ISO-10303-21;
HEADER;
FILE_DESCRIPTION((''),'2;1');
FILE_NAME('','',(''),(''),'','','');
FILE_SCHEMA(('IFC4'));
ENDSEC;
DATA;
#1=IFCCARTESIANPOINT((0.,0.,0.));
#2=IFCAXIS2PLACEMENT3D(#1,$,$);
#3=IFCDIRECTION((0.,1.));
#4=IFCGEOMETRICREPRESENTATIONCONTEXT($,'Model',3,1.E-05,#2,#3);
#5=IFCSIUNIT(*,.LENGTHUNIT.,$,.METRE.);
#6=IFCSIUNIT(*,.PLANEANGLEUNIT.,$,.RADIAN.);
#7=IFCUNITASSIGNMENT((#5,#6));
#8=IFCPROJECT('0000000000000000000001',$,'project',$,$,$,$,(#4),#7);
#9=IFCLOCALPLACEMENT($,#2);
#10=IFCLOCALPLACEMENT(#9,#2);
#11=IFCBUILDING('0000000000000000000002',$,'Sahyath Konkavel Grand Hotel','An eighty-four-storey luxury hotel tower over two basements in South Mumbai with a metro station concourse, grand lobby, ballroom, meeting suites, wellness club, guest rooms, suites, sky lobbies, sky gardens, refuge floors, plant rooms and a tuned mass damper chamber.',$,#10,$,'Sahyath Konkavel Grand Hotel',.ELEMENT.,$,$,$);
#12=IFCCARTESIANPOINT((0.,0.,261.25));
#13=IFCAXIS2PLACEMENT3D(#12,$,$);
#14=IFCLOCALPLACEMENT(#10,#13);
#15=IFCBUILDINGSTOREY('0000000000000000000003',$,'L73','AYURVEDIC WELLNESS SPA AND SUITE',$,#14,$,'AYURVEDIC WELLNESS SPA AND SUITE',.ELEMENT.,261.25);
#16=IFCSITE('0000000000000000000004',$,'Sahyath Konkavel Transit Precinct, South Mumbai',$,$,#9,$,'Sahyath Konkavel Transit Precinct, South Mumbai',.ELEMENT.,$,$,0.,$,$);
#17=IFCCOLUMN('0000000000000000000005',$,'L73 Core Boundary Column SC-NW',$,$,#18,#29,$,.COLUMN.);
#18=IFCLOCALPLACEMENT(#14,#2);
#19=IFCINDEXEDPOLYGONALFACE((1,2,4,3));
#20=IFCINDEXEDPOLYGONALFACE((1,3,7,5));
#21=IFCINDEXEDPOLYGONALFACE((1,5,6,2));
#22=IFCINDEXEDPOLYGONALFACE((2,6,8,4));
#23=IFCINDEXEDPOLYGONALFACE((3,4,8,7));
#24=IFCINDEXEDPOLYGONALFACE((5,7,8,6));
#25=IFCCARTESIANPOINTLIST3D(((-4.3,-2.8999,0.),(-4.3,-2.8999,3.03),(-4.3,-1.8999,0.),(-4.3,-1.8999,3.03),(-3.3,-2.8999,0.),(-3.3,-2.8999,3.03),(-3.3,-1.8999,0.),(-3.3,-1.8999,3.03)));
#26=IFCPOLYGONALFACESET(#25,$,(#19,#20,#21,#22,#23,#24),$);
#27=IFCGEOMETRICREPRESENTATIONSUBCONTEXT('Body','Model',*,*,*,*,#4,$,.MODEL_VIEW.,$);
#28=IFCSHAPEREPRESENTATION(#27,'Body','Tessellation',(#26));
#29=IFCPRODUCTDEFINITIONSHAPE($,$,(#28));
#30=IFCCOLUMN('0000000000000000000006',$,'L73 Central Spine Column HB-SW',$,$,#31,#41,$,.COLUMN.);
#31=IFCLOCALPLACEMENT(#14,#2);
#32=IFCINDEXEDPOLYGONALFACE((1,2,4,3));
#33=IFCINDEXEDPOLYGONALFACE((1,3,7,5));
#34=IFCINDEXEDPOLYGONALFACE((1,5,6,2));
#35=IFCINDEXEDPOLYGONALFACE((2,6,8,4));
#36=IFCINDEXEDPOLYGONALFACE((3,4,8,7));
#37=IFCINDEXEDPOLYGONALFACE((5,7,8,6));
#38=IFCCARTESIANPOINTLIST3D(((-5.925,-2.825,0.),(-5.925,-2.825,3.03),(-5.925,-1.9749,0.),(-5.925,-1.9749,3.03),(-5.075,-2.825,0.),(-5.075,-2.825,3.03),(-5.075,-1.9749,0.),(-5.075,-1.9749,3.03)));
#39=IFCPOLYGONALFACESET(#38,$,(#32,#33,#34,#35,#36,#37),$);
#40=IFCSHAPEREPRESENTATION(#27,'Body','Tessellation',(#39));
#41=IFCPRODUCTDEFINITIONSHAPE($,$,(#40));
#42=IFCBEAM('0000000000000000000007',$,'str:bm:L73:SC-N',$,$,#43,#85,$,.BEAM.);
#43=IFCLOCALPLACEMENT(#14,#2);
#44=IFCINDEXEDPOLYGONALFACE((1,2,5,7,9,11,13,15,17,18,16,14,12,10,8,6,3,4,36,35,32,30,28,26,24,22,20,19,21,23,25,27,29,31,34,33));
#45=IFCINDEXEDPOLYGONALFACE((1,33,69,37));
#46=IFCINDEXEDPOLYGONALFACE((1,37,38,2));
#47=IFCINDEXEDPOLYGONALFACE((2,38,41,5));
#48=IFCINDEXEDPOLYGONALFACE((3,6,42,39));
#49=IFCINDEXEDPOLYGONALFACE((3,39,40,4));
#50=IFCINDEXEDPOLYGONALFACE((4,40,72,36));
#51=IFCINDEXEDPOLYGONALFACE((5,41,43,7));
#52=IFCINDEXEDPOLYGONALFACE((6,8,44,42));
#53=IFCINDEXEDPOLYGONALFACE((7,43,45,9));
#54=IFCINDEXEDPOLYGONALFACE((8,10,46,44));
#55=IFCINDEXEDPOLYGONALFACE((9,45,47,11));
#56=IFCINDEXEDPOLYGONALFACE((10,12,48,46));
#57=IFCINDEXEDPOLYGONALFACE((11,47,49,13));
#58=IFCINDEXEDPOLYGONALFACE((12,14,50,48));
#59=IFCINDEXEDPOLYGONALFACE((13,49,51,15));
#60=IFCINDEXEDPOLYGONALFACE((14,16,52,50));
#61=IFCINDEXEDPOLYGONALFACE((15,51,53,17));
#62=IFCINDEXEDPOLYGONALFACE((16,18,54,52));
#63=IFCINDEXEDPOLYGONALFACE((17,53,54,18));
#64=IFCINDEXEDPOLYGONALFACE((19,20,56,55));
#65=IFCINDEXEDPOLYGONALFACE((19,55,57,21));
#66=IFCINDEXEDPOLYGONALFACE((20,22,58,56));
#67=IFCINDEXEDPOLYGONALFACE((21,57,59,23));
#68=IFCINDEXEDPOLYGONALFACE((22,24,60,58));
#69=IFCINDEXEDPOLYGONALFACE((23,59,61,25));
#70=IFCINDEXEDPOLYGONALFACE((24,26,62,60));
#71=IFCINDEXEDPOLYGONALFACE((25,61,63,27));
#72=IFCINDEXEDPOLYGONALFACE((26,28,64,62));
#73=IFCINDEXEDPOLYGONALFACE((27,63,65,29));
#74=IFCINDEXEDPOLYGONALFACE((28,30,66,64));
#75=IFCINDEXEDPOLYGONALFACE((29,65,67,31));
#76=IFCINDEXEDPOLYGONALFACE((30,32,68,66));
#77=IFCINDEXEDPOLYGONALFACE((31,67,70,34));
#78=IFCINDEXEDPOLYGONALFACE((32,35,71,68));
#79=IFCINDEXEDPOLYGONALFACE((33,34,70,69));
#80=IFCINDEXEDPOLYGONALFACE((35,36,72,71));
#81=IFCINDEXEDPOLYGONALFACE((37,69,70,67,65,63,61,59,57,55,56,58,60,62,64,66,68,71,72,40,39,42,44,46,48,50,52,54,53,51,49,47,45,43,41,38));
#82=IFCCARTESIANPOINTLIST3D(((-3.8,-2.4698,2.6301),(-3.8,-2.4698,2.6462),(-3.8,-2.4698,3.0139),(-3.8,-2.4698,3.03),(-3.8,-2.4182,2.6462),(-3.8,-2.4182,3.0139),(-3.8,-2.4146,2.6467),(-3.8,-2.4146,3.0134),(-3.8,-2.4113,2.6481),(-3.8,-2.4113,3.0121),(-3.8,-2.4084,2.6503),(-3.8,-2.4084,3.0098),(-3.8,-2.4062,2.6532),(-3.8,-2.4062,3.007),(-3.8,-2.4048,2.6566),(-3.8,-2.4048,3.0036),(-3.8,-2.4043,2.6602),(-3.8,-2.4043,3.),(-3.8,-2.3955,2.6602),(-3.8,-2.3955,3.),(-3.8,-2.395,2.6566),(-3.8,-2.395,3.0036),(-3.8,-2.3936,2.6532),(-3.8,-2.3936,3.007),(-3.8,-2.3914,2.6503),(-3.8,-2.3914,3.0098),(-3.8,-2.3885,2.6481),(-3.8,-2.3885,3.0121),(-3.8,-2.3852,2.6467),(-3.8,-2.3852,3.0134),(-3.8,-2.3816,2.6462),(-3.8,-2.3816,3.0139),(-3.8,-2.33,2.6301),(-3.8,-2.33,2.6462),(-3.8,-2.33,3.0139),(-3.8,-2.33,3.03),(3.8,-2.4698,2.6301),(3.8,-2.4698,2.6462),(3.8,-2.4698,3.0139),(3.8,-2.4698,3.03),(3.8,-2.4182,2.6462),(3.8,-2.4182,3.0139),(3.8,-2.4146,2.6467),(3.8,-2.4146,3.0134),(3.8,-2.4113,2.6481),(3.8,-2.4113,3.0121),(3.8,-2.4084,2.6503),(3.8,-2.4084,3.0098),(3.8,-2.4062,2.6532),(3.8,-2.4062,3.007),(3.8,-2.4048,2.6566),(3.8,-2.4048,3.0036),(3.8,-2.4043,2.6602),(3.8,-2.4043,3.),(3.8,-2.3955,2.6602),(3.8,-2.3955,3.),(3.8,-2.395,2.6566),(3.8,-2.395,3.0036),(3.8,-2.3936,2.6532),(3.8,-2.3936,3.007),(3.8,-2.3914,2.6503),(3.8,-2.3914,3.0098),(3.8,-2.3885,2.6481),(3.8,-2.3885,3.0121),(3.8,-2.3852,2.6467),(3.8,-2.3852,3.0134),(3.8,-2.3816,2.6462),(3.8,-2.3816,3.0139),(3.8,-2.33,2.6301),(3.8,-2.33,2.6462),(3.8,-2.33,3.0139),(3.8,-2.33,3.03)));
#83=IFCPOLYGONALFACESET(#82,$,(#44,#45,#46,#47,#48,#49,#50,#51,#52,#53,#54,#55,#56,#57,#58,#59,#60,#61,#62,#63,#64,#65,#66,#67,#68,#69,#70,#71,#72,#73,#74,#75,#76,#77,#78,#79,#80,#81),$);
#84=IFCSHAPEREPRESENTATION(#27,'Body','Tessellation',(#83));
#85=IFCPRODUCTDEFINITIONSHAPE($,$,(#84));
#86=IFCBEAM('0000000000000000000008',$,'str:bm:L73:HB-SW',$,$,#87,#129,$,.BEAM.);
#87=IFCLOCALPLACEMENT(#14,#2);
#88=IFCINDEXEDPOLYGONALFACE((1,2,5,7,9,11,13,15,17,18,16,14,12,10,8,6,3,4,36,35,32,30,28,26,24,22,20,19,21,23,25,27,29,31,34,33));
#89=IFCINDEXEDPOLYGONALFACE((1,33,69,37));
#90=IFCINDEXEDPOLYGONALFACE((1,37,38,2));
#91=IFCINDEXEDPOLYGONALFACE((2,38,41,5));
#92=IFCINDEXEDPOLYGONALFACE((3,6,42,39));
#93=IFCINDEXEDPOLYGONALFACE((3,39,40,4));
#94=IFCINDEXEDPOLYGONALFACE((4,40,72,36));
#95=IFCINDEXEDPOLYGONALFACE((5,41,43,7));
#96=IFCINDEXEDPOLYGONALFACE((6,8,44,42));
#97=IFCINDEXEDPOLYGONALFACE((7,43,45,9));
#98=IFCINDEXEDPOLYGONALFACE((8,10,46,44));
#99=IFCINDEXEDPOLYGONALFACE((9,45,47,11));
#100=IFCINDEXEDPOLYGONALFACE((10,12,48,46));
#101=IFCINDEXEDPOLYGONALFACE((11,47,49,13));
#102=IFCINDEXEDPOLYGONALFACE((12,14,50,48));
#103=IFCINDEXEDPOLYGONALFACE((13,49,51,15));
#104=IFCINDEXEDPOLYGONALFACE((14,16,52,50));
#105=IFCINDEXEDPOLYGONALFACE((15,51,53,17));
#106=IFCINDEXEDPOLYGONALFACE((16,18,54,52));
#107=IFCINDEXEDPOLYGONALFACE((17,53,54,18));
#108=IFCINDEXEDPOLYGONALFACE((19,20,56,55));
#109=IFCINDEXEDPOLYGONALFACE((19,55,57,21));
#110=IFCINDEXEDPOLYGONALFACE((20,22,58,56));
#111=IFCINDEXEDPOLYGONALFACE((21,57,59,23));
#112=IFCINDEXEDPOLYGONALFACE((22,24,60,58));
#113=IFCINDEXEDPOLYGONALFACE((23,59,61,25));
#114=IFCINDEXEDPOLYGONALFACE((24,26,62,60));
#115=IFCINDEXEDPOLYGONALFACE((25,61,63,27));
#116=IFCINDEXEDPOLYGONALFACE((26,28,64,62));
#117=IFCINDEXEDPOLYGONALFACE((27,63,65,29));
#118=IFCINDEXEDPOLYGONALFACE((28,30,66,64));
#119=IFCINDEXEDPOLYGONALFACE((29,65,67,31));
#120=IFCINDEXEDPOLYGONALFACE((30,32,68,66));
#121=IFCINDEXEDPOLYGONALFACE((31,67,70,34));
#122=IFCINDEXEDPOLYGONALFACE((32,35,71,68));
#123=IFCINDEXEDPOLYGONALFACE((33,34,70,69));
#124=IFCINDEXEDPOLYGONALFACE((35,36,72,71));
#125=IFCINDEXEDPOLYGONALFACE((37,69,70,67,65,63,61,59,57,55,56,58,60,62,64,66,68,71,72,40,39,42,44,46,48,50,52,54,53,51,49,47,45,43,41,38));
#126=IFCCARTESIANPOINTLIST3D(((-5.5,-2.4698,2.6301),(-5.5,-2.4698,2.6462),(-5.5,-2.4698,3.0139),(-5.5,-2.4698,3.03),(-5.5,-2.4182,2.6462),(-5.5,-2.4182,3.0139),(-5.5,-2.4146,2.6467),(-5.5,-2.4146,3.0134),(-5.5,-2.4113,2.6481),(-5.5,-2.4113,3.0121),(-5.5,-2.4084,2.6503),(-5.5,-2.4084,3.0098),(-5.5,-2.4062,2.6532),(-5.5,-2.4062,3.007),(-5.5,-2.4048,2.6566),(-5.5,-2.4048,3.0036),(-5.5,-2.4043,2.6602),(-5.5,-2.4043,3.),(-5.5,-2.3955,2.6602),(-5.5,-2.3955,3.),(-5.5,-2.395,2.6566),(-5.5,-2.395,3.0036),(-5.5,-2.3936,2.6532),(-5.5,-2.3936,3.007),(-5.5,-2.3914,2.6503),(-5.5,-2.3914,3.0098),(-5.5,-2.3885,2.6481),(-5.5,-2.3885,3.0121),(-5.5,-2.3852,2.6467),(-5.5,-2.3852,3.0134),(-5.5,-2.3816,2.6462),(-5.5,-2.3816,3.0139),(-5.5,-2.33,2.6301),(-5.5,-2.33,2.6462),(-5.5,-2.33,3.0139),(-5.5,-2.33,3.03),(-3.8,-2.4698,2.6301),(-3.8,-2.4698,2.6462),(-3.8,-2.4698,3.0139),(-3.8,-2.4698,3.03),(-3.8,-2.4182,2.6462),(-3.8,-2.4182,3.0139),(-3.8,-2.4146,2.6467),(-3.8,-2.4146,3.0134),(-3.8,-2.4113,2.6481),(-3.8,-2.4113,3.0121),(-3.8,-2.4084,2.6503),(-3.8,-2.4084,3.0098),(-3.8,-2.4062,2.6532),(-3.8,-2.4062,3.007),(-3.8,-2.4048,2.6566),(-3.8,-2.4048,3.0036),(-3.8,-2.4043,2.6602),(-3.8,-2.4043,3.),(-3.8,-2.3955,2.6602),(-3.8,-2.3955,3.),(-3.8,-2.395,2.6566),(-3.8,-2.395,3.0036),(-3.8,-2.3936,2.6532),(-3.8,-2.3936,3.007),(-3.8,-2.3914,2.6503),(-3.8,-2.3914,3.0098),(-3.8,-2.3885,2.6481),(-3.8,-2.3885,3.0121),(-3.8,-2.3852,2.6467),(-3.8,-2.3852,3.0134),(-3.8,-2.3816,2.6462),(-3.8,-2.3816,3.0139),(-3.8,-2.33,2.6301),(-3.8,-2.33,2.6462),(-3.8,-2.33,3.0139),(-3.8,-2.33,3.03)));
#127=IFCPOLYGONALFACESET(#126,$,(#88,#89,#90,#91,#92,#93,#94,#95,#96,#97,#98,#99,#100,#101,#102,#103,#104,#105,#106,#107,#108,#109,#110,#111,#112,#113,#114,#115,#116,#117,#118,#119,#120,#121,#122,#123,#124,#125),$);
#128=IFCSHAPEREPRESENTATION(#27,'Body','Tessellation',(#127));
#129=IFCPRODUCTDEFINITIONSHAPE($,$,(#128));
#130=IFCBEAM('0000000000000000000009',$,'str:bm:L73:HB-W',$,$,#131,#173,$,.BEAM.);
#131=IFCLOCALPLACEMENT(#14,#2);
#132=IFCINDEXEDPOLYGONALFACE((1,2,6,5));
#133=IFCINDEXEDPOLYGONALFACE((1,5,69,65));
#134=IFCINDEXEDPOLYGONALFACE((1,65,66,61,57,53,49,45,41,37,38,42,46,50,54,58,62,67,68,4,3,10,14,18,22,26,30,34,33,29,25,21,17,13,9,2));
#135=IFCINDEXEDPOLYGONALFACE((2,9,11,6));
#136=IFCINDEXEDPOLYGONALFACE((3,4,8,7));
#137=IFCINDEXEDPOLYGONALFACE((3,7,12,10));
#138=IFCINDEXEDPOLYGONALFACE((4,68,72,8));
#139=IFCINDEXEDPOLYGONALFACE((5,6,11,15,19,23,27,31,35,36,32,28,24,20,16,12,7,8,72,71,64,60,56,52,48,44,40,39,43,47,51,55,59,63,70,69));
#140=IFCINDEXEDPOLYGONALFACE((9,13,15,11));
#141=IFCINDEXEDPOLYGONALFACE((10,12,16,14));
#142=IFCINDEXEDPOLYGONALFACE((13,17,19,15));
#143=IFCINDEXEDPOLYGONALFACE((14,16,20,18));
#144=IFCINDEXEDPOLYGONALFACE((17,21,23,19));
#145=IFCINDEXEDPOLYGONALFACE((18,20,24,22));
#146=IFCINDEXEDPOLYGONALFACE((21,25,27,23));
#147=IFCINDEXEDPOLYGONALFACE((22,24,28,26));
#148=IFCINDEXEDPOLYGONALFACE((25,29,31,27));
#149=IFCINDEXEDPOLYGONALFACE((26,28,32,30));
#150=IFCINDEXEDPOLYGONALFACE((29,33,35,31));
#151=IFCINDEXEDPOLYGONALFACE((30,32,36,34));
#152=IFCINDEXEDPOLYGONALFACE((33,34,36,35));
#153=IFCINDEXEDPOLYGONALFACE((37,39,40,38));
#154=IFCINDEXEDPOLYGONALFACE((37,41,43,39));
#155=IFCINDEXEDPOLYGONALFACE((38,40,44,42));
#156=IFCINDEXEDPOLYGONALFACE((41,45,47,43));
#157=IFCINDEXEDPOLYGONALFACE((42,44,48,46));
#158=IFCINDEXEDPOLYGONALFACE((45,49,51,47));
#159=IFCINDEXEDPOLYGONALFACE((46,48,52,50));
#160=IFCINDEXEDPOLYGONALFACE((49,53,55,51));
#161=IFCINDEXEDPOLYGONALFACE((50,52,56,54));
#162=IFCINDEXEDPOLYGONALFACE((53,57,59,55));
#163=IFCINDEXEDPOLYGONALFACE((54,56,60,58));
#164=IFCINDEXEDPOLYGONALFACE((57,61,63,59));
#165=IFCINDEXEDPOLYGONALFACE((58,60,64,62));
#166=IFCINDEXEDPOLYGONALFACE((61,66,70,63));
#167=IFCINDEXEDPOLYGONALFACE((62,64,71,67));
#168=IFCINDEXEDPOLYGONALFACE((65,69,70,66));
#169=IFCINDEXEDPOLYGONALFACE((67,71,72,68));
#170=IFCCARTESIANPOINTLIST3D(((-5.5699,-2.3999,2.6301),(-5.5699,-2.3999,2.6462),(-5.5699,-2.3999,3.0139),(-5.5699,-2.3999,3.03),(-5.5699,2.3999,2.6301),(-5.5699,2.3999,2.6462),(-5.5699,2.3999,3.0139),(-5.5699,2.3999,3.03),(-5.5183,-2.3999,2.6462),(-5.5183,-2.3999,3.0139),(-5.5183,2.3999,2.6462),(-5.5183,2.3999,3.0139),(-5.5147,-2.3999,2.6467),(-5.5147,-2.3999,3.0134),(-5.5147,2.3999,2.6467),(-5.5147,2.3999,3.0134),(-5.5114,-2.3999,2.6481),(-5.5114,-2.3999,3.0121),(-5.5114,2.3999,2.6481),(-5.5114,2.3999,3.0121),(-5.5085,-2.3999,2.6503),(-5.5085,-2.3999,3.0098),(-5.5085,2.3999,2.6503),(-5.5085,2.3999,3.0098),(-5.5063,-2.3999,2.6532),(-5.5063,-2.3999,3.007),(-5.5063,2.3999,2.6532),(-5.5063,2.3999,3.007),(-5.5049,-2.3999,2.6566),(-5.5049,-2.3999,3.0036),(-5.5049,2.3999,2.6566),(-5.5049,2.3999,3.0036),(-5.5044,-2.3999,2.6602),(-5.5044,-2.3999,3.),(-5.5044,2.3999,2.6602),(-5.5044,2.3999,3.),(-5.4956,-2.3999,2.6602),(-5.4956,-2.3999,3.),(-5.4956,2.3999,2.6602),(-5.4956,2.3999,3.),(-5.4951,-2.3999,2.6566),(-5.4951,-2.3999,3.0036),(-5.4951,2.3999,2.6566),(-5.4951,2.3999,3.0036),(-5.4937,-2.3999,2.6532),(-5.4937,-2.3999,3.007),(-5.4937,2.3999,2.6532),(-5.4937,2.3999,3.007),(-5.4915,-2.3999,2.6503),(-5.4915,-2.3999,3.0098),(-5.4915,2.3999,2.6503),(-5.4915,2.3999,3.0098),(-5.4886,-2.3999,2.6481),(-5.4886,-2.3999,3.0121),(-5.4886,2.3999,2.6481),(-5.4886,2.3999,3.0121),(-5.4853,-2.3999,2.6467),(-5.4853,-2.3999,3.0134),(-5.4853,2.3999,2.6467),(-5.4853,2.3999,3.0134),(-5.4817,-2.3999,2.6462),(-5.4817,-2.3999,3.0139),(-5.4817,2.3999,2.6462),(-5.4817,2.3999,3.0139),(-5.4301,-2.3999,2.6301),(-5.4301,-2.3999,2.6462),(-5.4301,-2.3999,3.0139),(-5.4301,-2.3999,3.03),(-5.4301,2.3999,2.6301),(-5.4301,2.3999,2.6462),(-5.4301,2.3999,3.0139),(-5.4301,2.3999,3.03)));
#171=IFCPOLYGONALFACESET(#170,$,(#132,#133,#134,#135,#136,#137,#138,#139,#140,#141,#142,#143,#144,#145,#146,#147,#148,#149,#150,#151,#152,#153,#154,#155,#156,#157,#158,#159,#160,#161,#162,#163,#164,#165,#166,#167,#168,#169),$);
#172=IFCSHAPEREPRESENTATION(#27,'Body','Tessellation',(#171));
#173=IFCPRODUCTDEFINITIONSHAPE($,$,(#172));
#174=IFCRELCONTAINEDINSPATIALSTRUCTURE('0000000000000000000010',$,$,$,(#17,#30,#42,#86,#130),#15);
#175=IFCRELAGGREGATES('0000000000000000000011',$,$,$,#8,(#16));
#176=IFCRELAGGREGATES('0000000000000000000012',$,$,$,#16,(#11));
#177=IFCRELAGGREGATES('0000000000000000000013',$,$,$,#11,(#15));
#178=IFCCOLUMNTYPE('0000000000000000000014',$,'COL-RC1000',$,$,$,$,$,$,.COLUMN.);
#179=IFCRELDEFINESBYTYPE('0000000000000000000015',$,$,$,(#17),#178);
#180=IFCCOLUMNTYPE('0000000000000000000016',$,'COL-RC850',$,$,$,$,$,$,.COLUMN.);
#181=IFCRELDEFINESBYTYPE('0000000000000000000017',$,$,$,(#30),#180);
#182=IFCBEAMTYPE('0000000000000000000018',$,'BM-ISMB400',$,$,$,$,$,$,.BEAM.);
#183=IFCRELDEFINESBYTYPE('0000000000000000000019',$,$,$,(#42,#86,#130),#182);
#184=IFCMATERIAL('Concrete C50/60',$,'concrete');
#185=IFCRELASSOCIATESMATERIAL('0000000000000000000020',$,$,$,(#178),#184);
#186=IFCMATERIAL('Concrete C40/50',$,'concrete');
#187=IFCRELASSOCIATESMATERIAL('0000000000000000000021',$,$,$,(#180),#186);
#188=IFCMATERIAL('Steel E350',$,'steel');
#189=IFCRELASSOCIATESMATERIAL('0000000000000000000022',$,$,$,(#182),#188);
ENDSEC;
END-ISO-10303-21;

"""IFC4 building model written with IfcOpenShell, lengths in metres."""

from ifc_helpers import new_model, si_unit, direction, frame, origin, origin_2d, place, context, subcontext, project, spatial, rectangle, i_section, extrude, source, transform, mapped, material, material_profile, profile_set, type_object, element, save


model = new_model("IFC4")

# Units and contexts
model_context = context("Model", 3, precision=1e-05, world=origin(), true_north=direction((0.0, 1.0)))
body_context = subcontext(model_context, "Body", "Model", "MODEL_VIEW")
ifc_project = project(units=[si_unit("LENGTHUNIT", "METRE"), si_unit("PLANEANGLEUNIT", "RADIAN")], contexts=[model_context])

# Site, building, storey
site_placement = place(None, origin())
site = spatial("IfcSite", under=ifc_project, at=site_placement, Name="Sahyath Konkavel Transit Precinct, South Mumbai", LongName="Sahyath Konkavel Transit Precinct, South Mumbai", CompositionType="ELEMENT", RefElevation=0.0)
building_placement = place(site_placement, origin())
building = spatial("IfcBuilding", under=site, at=building_placement, Name="Sahyath Konkavel Grand Hotel", Description="An eighty-four-storey luxury hotel tower over two basements in South Mumbai with a metro station concourse, grand lobby, ballroom, meeting suites, wellness club, guest rooms, suites, sky lobbies, sky gardens, refuge floors, plant rooms and a tuned mass damper chamber.", LongName="Sahyath Konkavel Grand Hotel", CompositionType="ELEMENT")
storey_placement = place(building_placement, frame((0.0, 0.0, 261.25)))
storey = spatial("IfcBuildingStorey", under=building, at=storey_placement, Name="L73", Description="AYURVEDIC WELLNESS SPA AND SUITE", LongName="AYURVEDIC WELLNESS SPA AND SUITE", CompositionType="ELEMENT", Elevation=261.25)

# Columns
ifc_material_1 = material(Name="Concrete C50/60", Category="concrete")
ifc_material_profile_1 = material_profile(ifc_material_1, rectangle(XDim=1.0, YDim=1.0, at=origin_2d()), Name="RC 1000x1000")
ifc_profile_set_1 = profile_set([ifc_material_profile_1], Name="Concrete C50/60")
column_type_1 = type_object("IfcColumnType", Name="COL-RC1000", PredefinedType="COLUMN", material=ifc_profile_set_1)
shared_shape_1 = source(origin(), body_context, "Body", "SweptSolid", [
    extrude(rectangle(XDim=1.0, YDim=1.0, at=origin_2d()), origin(), (0.0, 0.0, 1.0), 3.03),
])
column_1_placement = place(storey_placement, frame((-3.8, -2.3999, 0.0), z_axis=(0.0, 0.0, 1.0), x_axis=(1.0, 0.0, 0.0)))
element("IfcColumn", 1, at=column_1_placement, inside=storey, type_object=column_type_1, Name="L73 Core Boundary Column SC-NW", PredefinedType="COLUMN", context=body_context, shape_type="MappedRepresentation", body=[
    mapped(shared_shape_1, transform((0.0, 0.0, 0.0), scale=1.0)),
])
ifc_material_2 = material(Name="Concrete C40/50", Category="concrete")
ifc_material_profile_2 = material_profile(ifc_material_2, rectangle(XDim=0.8501, YDim=0.8501, at=origin_2d()), Name="RC 850x850")
ifc_profile_set_2 = profile_set([ifc_material_profile_2], Name="Concrete C40/50")
column_type_2 = type_object("IfcColumnType", Name="COL-RC850", PredefinedType="COLUMN", material=ifc_profile_set_2)
shared_shape_2 = source(origin(), body_context, "Body", "SweptSolid", [
    extrude(rectangle(XDim=0.8501, YDim=0.8501, at=origin_2d()), origin(), (0.0, 0.0, 1.0), 3.03),
])
column_2_placement = place(storey_placement, frame((-5.5, -2.3999, 0.0), z_axis=(0.0, 0.0, 1.0), x_axis=(1.0, 0.0, 0.0)))
element("IfcColumn", 2, at=column_2_placement, inside=storey, type_object=column_type_2, Name="L73 Central Spine Column HB-SW", PredefinedType="COLUMN", context=body_context, shape_type="MappedRepresentation", body=[
    mapped(shared_shape_2, transform((0.0, 0.0, 0.0), scale=1.0)),
])

# Beams
ifc_material_3 = material(Name="Steel E350", Category="steel")
ifc_material_profile_3 = material_profile(ifc_material_3, i_section(OverallWidth=0.1399, OverallDepth=0.3999, WebThickness=0.0088, FlangeThickness=0.0161, FilletRadius=0.0139, at=origin_2d()), Name="ISMB 400")
ifc_profile_set_3 = profile_set([ifc_material_profile_3], Name="Steel E350")
beam_type_1 = type_object("IfcBeamType", Name="BM-ISMB400", PredefinedType="BEAM", material=ifc_profile_set_3)
shared_shape_3 = source(origin(), body_context, "Body", "SweptSolid", [
    extrude(i_section(OverallWidth=0.1399, OverallDepth=0.3999, WebThickness=0.0088, FlangeThickness=0.0161, FilletRadius=0.0139, at=origin_2d()), origin(), (0.0, 0.0, 1.0), 7.6001),
])
beam_1_placement = place(storey_placement, frame((-3.8, -2.3999, 2.8301), z_axis=(1.0, 0.0, 0.0), x_axis=(0.0, 1.0, 0.0)))
element("IfcBeam", 3, at=beam_1_placement, inside=storey, type_object=beam_type_1, Name="str:bm:L73:SC-N", PredefinedType="BEAM", context=body_context, shape_type="MappedRepresentation", body=[
    mapped(shared_shape_3, transform((0.0, 0.0, 0.0), scale=1.0)),
])
shared_shape_4 = source(origin(), body_context, "Body", "SweptSolid", [
    extrude(i_section(OverallWidth=0.1399, OverallDepth=0.3999, WebThickness=0.0088, FlangeThickness=0.0161, FilletRadius=0.0139, at=origin_2d()), origin(), (0.0, 0.0, 1.0), 1.7),
])
beam_2_placement = place(storey_placement, frame((-5.5, -2.3999, 2.8301), z_axis=(1.0, 0.0, 0.0), x_axis=(0.0, 1.0, 0.0)))
element("IfcBeam", 4, at=beam_2_placement, inside=storey, type_object=beam_type_1, Name="str:bm:L73:HB-SW", PredefinedType="BEAM", context=body_context, shape_type="MappedRepresentation", body=[
    mapped(shared_shape_4, transform((0.0, 0.0, 0.0), scale=1.0)),
])
shared_shape_5 = source(origin(), body_context, "Body", "SweptSolid", [
    extrude(i_section(OverallWidth=0.1399, OverallDepth=0.3999, WebThickness=0.0088, FlangeThickness=0.0161, FilletRadius=0.0139, at=origin_2d()), origin(), (0.0, 0.0, 1.0), 4.7998),
])
beam_3_placement = place(storey_placement, frame((-5.5, -2.3999, 2.8301), z_axis=(0.0, 1.0, 0.0), x_axis=(-1.0, 0.0, 0.0)))
element("IfcBeam", 5, at=beam_3_placement, inside=storey, type_object=beam_type_1, Name="str:bm:L73:HB-W", PredefinedType="BEAM", context=body_context, shape_type="MappedRepresentation", body=[
    mapped(shared_shape_5, transform((0.0, 0.0, 0.0), scale=1.0)),
])

save(model, "model.ifc")
